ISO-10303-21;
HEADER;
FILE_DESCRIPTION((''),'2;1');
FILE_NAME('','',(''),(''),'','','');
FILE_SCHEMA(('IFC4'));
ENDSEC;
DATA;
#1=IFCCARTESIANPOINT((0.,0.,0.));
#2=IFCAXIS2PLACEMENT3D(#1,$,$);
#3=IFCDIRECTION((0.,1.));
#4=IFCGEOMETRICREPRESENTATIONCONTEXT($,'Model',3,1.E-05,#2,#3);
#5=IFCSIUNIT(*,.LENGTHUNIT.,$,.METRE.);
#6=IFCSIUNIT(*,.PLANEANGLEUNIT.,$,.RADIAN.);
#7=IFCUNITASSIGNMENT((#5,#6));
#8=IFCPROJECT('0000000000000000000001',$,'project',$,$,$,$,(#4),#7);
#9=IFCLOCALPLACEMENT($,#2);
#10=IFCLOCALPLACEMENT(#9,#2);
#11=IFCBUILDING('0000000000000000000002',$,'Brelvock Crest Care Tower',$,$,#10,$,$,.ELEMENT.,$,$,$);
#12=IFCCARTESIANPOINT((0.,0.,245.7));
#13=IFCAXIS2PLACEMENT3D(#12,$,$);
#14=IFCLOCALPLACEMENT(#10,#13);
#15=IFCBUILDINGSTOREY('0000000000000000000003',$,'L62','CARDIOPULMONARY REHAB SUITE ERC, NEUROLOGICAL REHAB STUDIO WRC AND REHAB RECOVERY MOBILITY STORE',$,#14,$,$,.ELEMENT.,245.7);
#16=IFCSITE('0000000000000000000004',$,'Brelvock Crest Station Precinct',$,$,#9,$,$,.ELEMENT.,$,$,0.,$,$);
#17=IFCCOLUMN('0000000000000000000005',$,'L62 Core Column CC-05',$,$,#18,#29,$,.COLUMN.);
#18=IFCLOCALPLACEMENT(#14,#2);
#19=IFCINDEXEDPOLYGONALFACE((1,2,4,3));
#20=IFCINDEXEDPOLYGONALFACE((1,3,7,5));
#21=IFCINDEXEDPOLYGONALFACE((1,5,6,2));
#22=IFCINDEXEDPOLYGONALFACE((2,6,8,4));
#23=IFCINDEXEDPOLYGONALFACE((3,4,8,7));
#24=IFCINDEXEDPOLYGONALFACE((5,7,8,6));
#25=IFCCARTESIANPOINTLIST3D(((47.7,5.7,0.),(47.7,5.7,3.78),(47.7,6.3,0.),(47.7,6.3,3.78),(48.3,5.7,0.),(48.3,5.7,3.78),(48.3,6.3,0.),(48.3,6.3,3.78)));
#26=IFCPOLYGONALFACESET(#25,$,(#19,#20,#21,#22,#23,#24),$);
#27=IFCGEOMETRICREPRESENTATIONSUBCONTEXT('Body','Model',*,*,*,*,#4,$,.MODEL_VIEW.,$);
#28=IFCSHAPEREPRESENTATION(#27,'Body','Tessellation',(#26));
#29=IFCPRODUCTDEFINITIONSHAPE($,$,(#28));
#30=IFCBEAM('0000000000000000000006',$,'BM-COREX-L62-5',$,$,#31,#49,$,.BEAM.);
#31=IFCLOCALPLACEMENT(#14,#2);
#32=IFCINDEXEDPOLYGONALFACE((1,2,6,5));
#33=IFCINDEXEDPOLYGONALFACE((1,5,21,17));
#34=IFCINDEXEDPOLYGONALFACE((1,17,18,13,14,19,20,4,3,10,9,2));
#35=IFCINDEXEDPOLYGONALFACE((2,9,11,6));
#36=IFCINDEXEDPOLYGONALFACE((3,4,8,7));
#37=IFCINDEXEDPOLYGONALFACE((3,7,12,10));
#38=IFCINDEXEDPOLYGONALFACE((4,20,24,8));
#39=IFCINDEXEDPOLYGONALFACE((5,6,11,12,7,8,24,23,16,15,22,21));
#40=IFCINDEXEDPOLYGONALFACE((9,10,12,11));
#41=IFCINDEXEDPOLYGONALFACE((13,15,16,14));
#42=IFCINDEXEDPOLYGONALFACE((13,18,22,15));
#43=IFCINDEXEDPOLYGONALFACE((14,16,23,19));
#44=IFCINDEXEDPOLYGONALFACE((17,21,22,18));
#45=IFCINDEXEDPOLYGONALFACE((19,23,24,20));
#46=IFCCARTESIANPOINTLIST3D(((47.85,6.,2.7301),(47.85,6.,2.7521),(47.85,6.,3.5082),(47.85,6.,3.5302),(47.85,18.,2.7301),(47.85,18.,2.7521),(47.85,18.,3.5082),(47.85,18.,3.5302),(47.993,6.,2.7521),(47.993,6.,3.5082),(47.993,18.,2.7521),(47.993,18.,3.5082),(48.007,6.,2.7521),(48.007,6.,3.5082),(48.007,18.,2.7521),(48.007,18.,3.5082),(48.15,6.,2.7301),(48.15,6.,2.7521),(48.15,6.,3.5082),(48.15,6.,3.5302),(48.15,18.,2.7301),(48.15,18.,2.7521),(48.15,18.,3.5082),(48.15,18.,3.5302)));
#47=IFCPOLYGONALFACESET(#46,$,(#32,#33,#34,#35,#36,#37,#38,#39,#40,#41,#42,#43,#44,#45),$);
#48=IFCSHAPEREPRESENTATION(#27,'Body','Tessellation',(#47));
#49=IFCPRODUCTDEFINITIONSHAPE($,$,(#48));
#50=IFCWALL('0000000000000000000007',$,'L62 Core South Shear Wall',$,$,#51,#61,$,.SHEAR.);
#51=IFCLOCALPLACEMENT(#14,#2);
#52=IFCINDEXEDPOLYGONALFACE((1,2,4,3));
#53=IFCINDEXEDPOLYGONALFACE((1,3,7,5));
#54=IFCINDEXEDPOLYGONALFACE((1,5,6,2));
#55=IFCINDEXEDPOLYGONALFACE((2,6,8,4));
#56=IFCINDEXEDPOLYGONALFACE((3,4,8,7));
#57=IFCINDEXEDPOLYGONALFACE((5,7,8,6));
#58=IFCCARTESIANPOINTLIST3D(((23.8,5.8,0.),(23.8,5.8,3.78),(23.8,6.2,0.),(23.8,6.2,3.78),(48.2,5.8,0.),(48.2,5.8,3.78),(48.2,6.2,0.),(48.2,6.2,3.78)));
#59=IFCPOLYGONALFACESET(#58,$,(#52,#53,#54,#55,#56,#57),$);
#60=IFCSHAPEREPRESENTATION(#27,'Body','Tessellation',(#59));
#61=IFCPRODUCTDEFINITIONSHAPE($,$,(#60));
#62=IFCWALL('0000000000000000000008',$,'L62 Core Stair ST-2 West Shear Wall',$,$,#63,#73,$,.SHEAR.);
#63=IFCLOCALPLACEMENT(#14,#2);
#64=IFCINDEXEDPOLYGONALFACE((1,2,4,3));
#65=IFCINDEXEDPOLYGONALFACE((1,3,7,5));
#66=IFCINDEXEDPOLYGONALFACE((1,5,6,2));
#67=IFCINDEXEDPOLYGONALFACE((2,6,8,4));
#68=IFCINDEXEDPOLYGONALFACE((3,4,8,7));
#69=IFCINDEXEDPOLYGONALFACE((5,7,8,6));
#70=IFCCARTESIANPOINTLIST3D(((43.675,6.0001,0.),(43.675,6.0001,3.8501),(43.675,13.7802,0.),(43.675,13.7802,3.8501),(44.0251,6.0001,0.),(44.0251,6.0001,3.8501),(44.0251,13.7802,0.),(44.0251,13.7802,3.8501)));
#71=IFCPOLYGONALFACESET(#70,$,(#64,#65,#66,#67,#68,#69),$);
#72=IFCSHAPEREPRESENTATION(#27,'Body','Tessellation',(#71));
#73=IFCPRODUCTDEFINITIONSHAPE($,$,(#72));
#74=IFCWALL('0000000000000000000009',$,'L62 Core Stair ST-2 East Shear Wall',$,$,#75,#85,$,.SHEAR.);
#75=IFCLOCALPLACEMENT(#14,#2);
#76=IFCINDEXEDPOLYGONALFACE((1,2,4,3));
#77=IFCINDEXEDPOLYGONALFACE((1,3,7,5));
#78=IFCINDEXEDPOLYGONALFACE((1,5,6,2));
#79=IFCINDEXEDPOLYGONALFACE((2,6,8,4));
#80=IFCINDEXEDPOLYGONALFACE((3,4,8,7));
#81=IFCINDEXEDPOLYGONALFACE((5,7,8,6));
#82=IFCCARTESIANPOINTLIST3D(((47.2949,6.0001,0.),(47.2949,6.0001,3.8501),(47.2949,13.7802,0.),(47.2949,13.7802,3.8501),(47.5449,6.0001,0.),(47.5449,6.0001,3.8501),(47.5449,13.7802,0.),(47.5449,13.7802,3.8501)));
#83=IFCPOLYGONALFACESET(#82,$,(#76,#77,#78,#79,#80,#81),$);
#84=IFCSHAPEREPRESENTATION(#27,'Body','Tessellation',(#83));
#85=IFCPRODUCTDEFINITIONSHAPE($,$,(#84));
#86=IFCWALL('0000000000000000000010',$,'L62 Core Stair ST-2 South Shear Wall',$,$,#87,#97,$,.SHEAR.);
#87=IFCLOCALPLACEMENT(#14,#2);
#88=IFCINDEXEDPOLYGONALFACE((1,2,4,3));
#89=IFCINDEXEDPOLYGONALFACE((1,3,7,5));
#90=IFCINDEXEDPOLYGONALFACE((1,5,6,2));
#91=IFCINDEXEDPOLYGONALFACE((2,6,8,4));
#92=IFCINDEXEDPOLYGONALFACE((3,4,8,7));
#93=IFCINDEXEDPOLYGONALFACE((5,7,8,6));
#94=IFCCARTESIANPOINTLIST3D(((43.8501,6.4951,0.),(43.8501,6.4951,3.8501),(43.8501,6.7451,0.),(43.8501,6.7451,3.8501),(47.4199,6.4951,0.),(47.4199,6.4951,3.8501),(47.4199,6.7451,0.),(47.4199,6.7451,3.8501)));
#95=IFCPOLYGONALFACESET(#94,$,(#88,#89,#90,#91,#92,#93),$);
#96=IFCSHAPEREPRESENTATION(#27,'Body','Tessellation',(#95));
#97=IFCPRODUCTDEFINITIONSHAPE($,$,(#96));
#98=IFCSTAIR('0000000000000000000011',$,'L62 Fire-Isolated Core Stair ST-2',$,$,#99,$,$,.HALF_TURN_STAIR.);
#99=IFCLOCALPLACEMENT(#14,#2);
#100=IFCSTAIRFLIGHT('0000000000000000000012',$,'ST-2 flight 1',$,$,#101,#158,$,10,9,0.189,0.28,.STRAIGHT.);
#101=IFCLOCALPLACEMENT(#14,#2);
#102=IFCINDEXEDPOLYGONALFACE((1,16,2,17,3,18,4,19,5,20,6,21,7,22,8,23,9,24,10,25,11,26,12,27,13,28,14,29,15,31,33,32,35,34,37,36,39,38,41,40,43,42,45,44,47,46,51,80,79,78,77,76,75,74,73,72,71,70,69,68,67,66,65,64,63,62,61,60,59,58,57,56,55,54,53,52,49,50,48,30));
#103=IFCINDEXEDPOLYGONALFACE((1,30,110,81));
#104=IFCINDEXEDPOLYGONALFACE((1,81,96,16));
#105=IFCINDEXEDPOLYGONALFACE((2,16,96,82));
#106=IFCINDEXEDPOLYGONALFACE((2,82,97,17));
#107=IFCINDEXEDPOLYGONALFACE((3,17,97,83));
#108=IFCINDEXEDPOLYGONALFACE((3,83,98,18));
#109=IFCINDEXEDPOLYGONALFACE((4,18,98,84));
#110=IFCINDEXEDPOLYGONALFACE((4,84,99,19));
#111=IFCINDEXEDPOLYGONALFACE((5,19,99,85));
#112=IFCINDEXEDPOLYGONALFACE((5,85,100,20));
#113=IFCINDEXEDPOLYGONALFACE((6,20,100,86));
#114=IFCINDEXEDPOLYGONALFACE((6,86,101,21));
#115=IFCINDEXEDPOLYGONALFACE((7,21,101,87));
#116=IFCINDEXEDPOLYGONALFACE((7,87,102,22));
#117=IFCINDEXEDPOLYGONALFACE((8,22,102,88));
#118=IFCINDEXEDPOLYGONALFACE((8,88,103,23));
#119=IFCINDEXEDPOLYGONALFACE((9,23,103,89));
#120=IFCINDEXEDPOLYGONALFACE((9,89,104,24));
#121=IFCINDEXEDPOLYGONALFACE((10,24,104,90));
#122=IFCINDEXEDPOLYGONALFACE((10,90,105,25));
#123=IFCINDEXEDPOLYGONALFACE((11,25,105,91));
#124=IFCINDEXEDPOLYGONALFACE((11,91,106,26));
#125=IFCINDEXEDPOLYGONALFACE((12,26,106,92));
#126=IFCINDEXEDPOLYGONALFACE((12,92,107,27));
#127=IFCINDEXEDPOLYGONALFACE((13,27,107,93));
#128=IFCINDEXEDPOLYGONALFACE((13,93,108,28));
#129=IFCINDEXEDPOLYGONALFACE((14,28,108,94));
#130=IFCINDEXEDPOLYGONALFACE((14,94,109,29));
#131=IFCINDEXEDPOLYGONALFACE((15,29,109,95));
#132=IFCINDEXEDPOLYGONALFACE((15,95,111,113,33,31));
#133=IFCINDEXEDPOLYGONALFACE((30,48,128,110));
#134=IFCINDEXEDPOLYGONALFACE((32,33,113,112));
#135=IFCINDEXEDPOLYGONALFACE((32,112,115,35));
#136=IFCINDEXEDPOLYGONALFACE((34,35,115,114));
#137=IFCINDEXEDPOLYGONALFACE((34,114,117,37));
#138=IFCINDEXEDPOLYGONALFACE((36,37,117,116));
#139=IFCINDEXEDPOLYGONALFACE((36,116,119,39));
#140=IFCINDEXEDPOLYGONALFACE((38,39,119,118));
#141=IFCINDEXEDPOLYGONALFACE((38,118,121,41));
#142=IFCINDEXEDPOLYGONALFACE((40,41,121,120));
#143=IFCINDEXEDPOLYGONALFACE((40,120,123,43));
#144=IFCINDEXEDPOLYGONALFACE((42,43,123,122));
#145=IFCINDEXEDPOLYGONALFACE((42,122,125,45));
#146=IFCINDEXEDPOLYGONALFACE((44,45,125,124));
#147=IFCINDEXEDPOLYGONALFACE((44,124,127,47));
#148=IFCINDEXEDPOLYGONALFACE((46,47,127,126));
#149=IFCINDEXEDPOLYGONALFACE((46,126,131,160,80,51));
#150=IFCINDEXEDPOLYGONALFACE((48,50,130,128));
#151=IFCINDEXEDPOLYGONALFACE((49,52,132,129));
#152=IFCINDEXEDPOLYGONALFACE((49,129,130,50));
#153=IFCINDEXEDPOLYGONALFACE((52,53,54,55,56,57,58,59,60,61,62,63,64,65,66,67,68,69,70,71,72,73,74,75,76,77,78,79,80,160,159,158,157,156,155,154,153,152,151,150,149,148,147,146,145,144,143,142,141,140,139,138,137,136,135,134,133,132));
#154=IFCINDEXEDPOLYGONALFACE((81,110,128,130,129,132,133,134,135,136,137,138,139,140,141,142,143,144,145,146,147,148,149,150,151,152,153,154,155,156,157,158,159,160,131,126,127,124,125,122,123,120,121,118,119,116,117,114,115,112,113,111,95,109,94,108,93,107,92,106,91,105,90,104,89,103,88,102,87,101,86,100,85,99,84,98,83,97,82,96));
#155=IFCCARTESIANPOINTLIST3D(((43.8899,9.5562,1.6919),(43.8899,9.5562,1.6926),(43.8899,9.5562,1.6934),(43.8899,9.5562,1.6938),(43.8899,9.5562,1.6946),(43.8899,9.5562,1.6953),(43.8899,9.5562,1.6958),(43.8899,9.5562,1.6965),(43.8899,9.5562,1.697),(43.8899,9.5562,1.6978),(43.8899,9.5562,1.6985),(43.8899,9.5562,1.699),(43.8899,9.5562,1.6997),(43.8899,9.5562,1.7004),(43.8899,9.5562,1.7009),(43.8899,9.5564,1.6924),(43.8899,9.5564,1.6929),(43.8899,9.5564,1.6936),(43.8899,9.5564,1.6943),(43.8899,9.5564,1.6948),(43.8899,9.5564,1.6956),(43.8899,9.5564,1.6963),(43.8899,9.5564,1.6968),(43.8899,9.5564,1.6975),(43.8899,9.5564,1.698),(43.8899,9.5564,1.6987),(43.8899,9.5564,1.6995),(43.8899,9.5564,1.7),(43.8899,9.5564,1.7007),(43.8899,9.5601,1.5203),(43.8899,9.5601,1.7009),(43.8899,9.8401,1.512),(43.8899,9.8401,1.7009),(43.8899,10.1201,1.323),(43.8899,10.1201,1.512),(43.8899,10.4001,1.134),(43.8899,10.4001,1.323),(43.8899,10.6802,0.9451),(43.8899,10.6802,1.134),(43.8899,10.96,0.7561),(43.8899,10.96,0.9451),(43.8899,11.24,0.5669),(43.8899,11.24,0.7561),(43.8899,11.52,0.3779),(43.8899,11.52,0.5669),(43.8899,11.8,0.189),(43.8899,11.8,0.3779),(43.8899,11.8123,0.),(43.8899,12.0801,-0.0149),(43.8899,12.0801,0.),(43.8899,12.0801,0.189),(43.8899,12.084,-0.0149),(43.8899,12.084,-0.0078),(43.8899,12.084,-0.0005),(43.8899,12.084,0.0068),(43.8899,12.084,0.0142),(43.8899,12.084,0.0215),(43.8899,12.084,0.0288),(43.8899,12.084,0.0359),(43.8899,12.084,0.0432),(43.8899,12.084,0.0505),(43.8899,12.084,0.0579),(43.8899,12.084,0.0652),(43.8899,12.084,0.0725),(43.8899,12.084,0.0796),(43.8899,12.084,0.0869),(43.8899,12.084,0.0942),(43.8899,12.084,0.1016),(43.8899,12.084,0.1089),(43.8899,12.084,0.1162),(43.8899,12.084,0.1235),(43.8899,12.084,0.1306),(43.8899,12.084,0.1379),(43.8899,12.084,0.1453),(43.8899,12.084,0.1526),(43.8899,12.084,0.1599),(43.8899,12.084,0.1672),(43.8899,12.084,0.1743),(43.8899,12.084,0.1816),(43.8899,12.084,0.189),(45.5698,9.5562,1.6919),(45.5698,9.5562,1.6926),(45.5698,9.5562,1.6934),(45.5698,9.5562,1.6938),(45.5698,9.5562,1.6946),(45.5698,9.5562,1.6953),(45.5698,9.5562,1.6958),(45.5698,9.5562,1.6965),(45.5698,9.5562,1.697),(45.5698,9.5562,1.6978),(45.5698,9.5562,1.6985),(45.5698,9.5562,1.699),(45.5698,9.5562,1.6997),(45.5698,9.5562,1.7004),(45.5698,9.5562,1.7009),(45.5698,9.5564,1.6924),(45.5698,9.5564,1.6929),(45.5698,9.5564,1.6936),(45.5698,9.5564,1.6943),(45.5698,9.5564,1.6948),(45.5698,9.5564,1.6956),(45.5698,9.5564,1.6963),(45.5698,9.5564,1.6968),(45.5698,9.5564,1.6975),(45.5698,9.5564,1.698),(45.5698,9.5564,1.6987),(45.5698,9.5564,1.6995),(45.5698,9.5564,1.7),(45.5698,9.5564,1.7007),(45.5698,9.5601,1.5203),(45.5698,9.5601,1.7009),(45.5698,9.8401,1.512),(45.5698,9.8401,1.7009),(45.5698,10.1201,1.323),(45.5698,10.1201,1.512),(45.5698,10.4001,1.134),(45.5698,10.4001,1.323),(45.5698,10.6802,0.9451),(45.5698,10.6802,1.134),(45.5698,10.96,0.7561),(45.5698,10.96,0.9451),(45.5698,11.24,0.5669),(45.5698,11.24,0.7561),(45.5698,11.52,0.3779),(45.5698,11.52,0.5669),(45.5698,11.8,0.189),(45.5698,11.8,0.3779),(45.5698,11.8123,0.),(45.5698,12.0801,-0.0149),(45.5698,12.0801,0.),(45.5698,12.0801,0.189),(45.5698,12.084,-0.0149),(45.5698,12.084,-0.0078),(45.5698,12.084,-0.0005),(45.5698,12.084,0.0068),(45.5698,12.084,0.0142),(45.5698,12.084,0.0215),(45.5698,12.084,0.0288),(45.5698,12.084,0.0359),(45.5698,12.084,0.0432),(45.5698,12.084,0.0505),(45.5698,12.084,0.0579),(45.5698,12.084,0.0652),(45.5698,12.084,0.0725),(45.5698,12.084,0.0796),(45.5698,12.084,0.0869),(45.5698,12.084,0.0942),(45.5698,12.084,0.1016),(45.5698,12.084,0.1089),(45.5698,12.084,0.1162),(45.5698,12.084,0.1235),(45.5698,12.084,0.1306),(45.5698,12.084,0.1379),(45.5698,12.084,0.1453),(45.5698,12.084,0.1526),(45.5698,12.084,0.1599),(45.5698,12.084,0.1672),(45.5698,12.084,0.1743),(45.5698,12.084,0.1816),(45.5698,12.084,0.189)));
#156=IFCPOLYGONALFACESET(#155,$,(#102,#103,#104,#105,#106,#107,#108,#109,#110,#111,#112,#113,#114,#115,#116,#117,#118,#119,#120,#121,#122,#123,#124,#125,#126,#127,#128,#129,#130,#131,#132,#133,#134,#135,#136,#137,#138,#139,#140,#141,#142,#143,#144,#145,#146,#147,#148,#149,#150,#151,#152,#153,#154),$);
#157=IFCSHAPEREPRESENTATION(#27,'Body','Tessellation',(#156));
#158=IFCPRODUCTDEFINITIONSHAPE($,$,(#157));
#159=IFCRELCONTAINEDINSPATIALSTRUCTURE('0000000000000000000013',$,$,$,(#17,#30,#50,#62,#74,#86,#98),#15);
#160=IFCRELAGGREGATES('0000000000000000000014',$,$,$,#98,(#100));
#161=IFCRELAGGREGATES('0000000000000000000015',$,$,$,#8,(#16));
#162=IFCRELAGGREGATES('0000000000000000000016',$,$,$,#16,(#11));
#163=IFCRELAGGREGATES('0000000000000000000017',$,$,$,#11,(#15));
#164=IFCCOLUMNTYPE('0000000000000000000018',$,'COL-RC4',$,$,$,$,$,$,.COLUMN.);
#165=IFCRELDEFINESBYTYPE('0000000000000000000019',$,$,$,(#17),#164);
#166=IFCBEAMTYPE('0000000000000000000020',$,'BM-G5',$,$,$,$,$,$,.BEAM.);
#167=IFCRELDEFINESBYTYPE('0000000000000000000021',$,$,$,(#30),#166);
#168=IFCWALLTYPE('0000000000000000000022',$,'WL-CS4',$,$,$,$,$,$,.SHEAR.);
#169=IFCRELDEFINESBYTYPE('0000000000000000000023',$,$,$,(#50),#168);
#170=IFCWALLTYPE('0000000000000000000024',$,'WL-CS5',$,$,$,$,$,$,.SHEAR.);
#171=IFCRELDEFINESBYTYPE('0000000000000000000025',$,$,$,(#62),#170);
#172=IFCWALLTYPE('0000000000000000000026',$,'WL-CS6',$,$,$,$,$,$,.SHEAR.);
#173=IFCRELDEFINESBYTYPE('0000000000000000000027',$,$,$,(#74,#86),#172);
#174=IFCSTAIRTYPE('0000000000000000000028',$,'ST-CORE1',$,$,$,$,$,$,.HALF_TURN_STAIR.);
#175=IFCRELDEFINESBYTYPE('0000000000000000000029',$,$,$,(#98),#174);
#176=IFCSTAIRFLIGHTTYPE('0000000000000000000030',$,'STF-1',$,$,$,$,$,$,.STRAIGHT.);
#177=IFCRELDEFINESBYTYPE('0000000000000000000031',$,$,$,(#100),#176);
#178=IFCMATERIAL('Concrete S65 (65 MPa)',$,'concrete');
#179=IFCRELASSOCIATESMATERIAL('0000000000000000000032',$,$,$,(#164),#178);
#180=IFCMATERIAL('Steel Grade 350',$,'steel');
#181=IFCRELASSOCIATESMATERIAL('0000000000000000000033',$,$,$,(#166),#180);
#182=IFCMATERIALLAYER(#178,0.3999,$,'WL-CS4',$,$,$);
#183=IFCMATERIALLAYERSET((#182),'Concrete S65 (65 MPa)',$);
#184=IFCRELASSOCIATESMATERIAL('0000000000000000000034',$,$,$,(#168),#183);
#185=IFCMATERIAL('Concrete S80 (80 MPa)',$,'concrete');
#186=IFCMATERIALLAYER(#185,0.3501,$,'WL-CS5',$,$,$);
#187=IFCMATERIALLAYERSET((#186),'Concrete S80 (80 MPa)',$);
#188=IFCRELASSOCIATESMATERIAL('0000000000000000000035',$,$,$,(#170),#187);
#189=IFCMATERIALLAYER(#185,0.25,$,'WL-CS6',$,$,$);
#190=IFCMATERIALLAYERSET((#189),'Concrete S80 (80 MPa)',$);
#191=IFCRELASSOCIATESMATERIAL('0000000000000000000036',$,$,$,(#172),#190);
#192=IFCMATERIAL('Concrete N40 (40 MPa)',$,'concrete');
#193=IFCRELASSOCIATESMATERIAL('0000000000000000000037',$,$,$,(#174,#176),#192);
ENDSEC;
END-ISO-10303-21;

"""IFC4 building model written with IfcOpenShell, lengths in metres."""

from ifc_helpers import new_model, si_unit, direction, frame, frame_2d, origin, origin_2d, place, context, subcontext, project, spatial, polyline, rectangle, i_section, outline, extrude, source, transform, mapped, material, layer, layer_set, material_profile, profile_set, type_object, element, aggregate, save


model = new_model("IFC4")

# Units and contexts
model_context = context("Model", 3, precision=1e-05, world=origin(), true_north=direction((0.0, 1.0)))
body_context = subcontext(model_context, "Body", "Model", "MODEL_VIEW")
ifc_project = project(units=[si_unit("LENGTHUNIT", "METRE"), si_unit("PLANEANGLEUNIT", "RADIAN")], contexts=[model_context])

# Site, building, storey
site_placement = place(None, origin())
site = spatial("IfcSite", under=ifc_project, at=site_placement, Name="Brelvock Crest Station Precinct", CompositionType="ELEMENT", RefElevation=0.0)
building_placement = place(site_placement, origin())
building = spatial("IfcBuilding", under=site, at=building_placement, Name="Brelvock Crest Care Tower", CompositionType="ELEMENT")
storey_placement = place(building_placement, frame((0.0, 0.0, 245.7)))
storey = spatial("IfcBuildingStorey", under=building, at=storey_placement, Name="L62", Description="CARDIOPULMONARY REHAB SUITE ERC, NEUROLOGICAL REHAB STUDIO WRC AND REHAB RECOVERY MOBILITY STORE", CompositionType="ELEMENT", Elevation=245.7)

# Column
ifc_material_1 = material(Name="Concrete S65 (65 MPa)", Category="concrete")
ifc_material_profile_1 = material_profile(ifc_material_1, rectangle(XDim=0.6001, YDim=0.6001, at=origin_2d()), Name="RC600x600")
ifc_profile_set_1 = profile_set([ifc_material_profile_1], Name="Concrete S65 (65 MPa)")
column_type = type_object("IfcColumnType", Name="COL-RC4", PredefinedType="COLUMN", material=ifc_profile_set_1)
shared_shape_1 = source(origin(), body_context, "Body", "SweptSolid", [
    extrude(rectangle(XDim=0.6001, YDim=0.6001, at=origin_2d()), origin(), (0.0, 0.0, 1.0), 3.78),
])
column_placement = place(storey_placement, frame((48.0, 6.0, 0.0), z_axis=(0.0, 0.0, 1.0), x_axis=(1.0, 0.0, 0.0)))
element("IfcColumn", 1, at=column_placement, inside=storey, type_object=column_type, Name="L62 Core Column CC-05", PredefinedType="COLUMN", context=body_context, shape_type="MappedRepresentation", body=[
    mapped(shared_shape_1, transform((0.0, 0.0, 0.0), x_axis=(1.0, 0.0, 0.0), y_axis=(0.0, 1.0, 0.0), z_axis=(0.0, 0.0, 1.0), scale=1.0)),
])

# Beam
ifc_material_2 = material(Name="Steel Grade 350", Category="steel")
ifc_material_profile_2 = material_profile(ifc_material_2, i_section(OverallWidth=0.3, OverallDepth=0.8, WebThickness=0.0139, FlangeThickness=0.022, at=origin_2d()), Name="800WB192")
ifc_profile_set_2 = profile_set([ifc_material_profile_2], Name="Steel Grade 350")
beam_type = type_object("IfcBeamType", Name="BM-G5", PredefinedType="BEAM", material=ifc_profile_set_2)
shared_shape_2 = source(origin(), body_context, "Body", "SweptSolid", [
    extrude(i_section(OverallWidth=0.3, OverallDepth=0.8, WebThickness=0.0139, FlangeThickness=0.022, at=origin_2d()), origin(), (0.0, 0.0, 1.0), 12.0),
])
beam_placement = place(storey_placement, frame((48.0, 6.0, 3.1301), z_axis=(0.0, 1.0, 0.0), x_axis=(-1.0, 0.0, 0.0)))
element("IfcBeam", 2, at=beam_placement, inside=storey, type_object=beam_type, Name="BM-COREX-L62-5", PredefinedType="BEAM", context=body_context, shape_type="MappedRepresentation", body=[
    mapped(shared_shape_2, transform((0.0, 0.0, 0.0), x_axis=(1.0, 0.0, 0.0), y_axis=(0.0, 1.0, 0.0), z_axis=(0.0, 0.0, 1.0), scale=1.0)),
])

# Walls
ifc_layer_1 = layer(ifc_material_1, 0.3999, Name="WL-CS4")
ifc_layer_set_1 = layer_set([ifc_layer_1], Name="Concrete S65 (65 MPa)")
wall_type_1 = type_object("IfcWallType", Name="WL-CS4", PredefinedType="SHEAR", material=ifc_layer_set_1)
wall_1_placement = place(storey_placement, frame((48.2, 6.0, 0.0), z_axis=(0.0, 0.0, 1.0), x_axis=(-1.0, 0.0, 0.0)))
element("IfcWall", 3, at=wall_1_placement, inside=storey, type_object=wall_type_1, Name="L62 Core South Shear Wall", PredefinedType="SHEAR", context=body_context, shape_type="SweptSolid", body=[
    extrude(rectangle(XDim=24.3999, YDim=0.3999, at=frame_2d((12.2, 0.0))), origin(), (0.0, 0.0, 1.0), 3.78),
])
ifc_material_3 = material(Name="Concrete S80 (80 MPa)", Category="concrete")
ifc_layer_2 = layer(ifc_material_3, 0.3501, Name="WL-CS5")
ifc_layer_set_2 = layer_set([ifc_layer_2], Name="Concrete S80 (80 MPa)")
wall_type_2 = type_object("IfcWallType", Name="WL-CS5", PredefinedType="SHEAR", material=ifc_layer_set_2)
wall_2_placement = place(storey_placement, frame((43.8501, 6.0, 0.0), z_axis=(0.0, 0.0, 1.0), x_axis=(0.0, 1.0, 0.0)))
element("IfcWall", 4, at=wall_2_placement, inside=storey, type_object=wall_type_2, Name="L62 Core Stair ST-2 West Shear Wall", PredefinedType="SHEAR", context=body_context, shape_type="SweptSolid", body=[
    extrude(rectangle(XDim=7.78, YDim=0.3501, at=frame_2d((3.8901, 0.0))), origin(), (0.0, 0.0, 1.0), 3.8501),
])
ifc_layer_3 = layer(ifc_material_3, 0.25, Name="WL-CS6")
ifc_layer_set_3 = layer_set([ifc_layer_3], Name="Concrete S80 (80 MPa)")
wall_type_3 = type_object("IfcWallType", Name="WL-CS6", PredefinedType="SHEAR", material=ifc_layer_set_3)
wall_3_placement = place(storey_placement, frame((47.4199, 6.0, 0.0), z_axis=(0.0, 0.0, 1.0), x_axis=(0.0, 1.0, 0.0)))
element("IfcWall", 5, at=wall_3_placement, inside=storey, type_object=wall_type_3, Name="L62 Core Stair ST-2 East Shear Wall", PredefinedType="SHEAR", context=body_context, shape_type="SweptSolid", body=[
    extrude(rectangle(XDim=7.78, YDim=0.25, at=frame_2d((3.8901, 0.0))), origin(), (0.0, 0.0, 1.0), 3.8501),
])
wall_4_placement = place(storey_placement, frame((43.8501, 6.6201, 0.0), z_axis=(0.0, 0.0, 1.0), x_axis=(1.0, 0.0, 0.0)))
element("IfcWall", 6, at=wall_4_placement, inside=storey, type_object=wall_type_3, Name="L62 Core Stair ST-2 South Shear Wall", PredefinedType="SHEAR", context=body_context, shape_type="SweptSolid", body=[
    extrude(rectangle(XDim=3.5698, YDim=0.25, at=frame_2d((1.7849, 0.0))), origin(), (0.0, 0.0, 1.0), 3.8501),
])

# Stair, stair flight
ifc_material_4 = material(Name="Concrete N40 (40 MPa)", Category="concrete")
stair_type = type_object("IfcStairType", Name="ST-CORE1", PredefinedType="HALF_TURN_STAIR", material=ifc_material_4)
stair_placement = place(storey_placement, origin())
stair = element("IfcStair", 7, at=stair_placement, inside=storey, type_object=stair_type, Name="L62 Fire-Isolated Core Stair ST-2", PredefinedType="HALF_TURN_STAIR")
stair_flight_type = type_object("IfcStairFlightType", Name="STF-1", PredefinedType="STRAIGHT", material=ifc_material_4)
stair_flight_1_placement = place(storey_placement, frame((44.73, 12.0801, 0.0), z_axis=(0.0, 0.0, 1.0), x_axis=(0.0, -1.0, 0.0)))
stair_flight_1 = element("IfcStairFlight", 8, at=stair_flight_1_placement, type_object=stair_flight_type, Name="ST-2 flight 1", NumberOfRisers=10, NumberOfTreads=9, PredefinedType="STRAIGHT", RiserHeight=0.189, TreadLength=0.28, context=body_context, shape_type="SweptSolid", body=[
    extrude(outline(polyline([(-0.0039, -0.0149), (-0.0039, -0.0078), (-0.0039, -0.0005), (-0.0039, 0.0068), (-0.0039, 0.0142), (-0.0039, 0.0215), (-0.0039, 0.0288), (-0.0039, 0.0359), (-0.0039, 0.0432), (-0.0039, 0.0505), (-0.0039, 0.0579), (-0.0039, 0.0652), (-0.0039, 0.0725), (-0.0039, 0.0796), (-0.0039, 0.0869), (-0.0039, 0.0942), (-0.0039, 0.1016), (-0.0039, 0.1089), (-0.0039, 0.1162), (-0.0039, 0.1235), (-0.0039, 0.1306), (-0.0039, 0.1379), (-0.0039, 0.1453), (-0.0039, 0.1526), (-0.0039, 0.1599), (-0.0039, 0.1672), (-0.0039, 0.1743), (-0.0039, 0.1816), (-0.0039, 0.189), (0.0, 0.189), (0.28, 0.189), (0.28, 0.3779), (0.5601, 0.3779), (0.5601, 0.5669), (0.8401, 0.5669), (0.8401, 0.7561), (1.1201, 0.7561), (1.1201, 0.9451), (1.3999, 0.9451), (1.3999, 1.134), (1.6799, 1.134), (1.6799, 1.323), (1.96, 1.323), (1.96, 1.512), (2.24, 1.512), (2.24, 1.7009), (2.52, 1.7009), (2.5239, 1.7009), (2.5237, 1.7007), (2.5239, 1.7004), (2.5237, 1.7), (2.5239, 1.6997), (2.5237, 1.6995), (2.5239, 1.699), (2.5237, 1.6987), (2.5239, 1.6985), (2.5237, 1.698), (2.5239, 1.6978), (2.5237, 1.6975), (2.5239, 1.697), (2.5237, 1.6968), (2.5239, 1.6965), (2.5237, 1.6963), (2.5239, 1.6958), (2.5237, 1.6956), (2.5239, 1.6953), (2.5237, 1.6948), (2.5239, 1.6946), (2.5237, 1.6943), (2.5239, 1.6938), (2.5237, 1.6936), (2.5239, 1.6934), (2.5237, 1.6929), (2.5239, 1.6926), (2.5237, 1.6924), (2.5239, 1.6919), (2.52, 1.5203), (0.2678, 0.0), (0.0, 0.0), (0.0, -0.0149), (-0.0039, -0.0149)])), frame((0.0, 0.8398, 0.0), z_axis=(0.0, -1.0, 0.0), x_axis=(1.0, 0.0, 0.0)), (0.0, 0.0, 1.0), 1.6799),
])
aggregate(stair, [stair_flight_1])

save(model, "model.ifc")
